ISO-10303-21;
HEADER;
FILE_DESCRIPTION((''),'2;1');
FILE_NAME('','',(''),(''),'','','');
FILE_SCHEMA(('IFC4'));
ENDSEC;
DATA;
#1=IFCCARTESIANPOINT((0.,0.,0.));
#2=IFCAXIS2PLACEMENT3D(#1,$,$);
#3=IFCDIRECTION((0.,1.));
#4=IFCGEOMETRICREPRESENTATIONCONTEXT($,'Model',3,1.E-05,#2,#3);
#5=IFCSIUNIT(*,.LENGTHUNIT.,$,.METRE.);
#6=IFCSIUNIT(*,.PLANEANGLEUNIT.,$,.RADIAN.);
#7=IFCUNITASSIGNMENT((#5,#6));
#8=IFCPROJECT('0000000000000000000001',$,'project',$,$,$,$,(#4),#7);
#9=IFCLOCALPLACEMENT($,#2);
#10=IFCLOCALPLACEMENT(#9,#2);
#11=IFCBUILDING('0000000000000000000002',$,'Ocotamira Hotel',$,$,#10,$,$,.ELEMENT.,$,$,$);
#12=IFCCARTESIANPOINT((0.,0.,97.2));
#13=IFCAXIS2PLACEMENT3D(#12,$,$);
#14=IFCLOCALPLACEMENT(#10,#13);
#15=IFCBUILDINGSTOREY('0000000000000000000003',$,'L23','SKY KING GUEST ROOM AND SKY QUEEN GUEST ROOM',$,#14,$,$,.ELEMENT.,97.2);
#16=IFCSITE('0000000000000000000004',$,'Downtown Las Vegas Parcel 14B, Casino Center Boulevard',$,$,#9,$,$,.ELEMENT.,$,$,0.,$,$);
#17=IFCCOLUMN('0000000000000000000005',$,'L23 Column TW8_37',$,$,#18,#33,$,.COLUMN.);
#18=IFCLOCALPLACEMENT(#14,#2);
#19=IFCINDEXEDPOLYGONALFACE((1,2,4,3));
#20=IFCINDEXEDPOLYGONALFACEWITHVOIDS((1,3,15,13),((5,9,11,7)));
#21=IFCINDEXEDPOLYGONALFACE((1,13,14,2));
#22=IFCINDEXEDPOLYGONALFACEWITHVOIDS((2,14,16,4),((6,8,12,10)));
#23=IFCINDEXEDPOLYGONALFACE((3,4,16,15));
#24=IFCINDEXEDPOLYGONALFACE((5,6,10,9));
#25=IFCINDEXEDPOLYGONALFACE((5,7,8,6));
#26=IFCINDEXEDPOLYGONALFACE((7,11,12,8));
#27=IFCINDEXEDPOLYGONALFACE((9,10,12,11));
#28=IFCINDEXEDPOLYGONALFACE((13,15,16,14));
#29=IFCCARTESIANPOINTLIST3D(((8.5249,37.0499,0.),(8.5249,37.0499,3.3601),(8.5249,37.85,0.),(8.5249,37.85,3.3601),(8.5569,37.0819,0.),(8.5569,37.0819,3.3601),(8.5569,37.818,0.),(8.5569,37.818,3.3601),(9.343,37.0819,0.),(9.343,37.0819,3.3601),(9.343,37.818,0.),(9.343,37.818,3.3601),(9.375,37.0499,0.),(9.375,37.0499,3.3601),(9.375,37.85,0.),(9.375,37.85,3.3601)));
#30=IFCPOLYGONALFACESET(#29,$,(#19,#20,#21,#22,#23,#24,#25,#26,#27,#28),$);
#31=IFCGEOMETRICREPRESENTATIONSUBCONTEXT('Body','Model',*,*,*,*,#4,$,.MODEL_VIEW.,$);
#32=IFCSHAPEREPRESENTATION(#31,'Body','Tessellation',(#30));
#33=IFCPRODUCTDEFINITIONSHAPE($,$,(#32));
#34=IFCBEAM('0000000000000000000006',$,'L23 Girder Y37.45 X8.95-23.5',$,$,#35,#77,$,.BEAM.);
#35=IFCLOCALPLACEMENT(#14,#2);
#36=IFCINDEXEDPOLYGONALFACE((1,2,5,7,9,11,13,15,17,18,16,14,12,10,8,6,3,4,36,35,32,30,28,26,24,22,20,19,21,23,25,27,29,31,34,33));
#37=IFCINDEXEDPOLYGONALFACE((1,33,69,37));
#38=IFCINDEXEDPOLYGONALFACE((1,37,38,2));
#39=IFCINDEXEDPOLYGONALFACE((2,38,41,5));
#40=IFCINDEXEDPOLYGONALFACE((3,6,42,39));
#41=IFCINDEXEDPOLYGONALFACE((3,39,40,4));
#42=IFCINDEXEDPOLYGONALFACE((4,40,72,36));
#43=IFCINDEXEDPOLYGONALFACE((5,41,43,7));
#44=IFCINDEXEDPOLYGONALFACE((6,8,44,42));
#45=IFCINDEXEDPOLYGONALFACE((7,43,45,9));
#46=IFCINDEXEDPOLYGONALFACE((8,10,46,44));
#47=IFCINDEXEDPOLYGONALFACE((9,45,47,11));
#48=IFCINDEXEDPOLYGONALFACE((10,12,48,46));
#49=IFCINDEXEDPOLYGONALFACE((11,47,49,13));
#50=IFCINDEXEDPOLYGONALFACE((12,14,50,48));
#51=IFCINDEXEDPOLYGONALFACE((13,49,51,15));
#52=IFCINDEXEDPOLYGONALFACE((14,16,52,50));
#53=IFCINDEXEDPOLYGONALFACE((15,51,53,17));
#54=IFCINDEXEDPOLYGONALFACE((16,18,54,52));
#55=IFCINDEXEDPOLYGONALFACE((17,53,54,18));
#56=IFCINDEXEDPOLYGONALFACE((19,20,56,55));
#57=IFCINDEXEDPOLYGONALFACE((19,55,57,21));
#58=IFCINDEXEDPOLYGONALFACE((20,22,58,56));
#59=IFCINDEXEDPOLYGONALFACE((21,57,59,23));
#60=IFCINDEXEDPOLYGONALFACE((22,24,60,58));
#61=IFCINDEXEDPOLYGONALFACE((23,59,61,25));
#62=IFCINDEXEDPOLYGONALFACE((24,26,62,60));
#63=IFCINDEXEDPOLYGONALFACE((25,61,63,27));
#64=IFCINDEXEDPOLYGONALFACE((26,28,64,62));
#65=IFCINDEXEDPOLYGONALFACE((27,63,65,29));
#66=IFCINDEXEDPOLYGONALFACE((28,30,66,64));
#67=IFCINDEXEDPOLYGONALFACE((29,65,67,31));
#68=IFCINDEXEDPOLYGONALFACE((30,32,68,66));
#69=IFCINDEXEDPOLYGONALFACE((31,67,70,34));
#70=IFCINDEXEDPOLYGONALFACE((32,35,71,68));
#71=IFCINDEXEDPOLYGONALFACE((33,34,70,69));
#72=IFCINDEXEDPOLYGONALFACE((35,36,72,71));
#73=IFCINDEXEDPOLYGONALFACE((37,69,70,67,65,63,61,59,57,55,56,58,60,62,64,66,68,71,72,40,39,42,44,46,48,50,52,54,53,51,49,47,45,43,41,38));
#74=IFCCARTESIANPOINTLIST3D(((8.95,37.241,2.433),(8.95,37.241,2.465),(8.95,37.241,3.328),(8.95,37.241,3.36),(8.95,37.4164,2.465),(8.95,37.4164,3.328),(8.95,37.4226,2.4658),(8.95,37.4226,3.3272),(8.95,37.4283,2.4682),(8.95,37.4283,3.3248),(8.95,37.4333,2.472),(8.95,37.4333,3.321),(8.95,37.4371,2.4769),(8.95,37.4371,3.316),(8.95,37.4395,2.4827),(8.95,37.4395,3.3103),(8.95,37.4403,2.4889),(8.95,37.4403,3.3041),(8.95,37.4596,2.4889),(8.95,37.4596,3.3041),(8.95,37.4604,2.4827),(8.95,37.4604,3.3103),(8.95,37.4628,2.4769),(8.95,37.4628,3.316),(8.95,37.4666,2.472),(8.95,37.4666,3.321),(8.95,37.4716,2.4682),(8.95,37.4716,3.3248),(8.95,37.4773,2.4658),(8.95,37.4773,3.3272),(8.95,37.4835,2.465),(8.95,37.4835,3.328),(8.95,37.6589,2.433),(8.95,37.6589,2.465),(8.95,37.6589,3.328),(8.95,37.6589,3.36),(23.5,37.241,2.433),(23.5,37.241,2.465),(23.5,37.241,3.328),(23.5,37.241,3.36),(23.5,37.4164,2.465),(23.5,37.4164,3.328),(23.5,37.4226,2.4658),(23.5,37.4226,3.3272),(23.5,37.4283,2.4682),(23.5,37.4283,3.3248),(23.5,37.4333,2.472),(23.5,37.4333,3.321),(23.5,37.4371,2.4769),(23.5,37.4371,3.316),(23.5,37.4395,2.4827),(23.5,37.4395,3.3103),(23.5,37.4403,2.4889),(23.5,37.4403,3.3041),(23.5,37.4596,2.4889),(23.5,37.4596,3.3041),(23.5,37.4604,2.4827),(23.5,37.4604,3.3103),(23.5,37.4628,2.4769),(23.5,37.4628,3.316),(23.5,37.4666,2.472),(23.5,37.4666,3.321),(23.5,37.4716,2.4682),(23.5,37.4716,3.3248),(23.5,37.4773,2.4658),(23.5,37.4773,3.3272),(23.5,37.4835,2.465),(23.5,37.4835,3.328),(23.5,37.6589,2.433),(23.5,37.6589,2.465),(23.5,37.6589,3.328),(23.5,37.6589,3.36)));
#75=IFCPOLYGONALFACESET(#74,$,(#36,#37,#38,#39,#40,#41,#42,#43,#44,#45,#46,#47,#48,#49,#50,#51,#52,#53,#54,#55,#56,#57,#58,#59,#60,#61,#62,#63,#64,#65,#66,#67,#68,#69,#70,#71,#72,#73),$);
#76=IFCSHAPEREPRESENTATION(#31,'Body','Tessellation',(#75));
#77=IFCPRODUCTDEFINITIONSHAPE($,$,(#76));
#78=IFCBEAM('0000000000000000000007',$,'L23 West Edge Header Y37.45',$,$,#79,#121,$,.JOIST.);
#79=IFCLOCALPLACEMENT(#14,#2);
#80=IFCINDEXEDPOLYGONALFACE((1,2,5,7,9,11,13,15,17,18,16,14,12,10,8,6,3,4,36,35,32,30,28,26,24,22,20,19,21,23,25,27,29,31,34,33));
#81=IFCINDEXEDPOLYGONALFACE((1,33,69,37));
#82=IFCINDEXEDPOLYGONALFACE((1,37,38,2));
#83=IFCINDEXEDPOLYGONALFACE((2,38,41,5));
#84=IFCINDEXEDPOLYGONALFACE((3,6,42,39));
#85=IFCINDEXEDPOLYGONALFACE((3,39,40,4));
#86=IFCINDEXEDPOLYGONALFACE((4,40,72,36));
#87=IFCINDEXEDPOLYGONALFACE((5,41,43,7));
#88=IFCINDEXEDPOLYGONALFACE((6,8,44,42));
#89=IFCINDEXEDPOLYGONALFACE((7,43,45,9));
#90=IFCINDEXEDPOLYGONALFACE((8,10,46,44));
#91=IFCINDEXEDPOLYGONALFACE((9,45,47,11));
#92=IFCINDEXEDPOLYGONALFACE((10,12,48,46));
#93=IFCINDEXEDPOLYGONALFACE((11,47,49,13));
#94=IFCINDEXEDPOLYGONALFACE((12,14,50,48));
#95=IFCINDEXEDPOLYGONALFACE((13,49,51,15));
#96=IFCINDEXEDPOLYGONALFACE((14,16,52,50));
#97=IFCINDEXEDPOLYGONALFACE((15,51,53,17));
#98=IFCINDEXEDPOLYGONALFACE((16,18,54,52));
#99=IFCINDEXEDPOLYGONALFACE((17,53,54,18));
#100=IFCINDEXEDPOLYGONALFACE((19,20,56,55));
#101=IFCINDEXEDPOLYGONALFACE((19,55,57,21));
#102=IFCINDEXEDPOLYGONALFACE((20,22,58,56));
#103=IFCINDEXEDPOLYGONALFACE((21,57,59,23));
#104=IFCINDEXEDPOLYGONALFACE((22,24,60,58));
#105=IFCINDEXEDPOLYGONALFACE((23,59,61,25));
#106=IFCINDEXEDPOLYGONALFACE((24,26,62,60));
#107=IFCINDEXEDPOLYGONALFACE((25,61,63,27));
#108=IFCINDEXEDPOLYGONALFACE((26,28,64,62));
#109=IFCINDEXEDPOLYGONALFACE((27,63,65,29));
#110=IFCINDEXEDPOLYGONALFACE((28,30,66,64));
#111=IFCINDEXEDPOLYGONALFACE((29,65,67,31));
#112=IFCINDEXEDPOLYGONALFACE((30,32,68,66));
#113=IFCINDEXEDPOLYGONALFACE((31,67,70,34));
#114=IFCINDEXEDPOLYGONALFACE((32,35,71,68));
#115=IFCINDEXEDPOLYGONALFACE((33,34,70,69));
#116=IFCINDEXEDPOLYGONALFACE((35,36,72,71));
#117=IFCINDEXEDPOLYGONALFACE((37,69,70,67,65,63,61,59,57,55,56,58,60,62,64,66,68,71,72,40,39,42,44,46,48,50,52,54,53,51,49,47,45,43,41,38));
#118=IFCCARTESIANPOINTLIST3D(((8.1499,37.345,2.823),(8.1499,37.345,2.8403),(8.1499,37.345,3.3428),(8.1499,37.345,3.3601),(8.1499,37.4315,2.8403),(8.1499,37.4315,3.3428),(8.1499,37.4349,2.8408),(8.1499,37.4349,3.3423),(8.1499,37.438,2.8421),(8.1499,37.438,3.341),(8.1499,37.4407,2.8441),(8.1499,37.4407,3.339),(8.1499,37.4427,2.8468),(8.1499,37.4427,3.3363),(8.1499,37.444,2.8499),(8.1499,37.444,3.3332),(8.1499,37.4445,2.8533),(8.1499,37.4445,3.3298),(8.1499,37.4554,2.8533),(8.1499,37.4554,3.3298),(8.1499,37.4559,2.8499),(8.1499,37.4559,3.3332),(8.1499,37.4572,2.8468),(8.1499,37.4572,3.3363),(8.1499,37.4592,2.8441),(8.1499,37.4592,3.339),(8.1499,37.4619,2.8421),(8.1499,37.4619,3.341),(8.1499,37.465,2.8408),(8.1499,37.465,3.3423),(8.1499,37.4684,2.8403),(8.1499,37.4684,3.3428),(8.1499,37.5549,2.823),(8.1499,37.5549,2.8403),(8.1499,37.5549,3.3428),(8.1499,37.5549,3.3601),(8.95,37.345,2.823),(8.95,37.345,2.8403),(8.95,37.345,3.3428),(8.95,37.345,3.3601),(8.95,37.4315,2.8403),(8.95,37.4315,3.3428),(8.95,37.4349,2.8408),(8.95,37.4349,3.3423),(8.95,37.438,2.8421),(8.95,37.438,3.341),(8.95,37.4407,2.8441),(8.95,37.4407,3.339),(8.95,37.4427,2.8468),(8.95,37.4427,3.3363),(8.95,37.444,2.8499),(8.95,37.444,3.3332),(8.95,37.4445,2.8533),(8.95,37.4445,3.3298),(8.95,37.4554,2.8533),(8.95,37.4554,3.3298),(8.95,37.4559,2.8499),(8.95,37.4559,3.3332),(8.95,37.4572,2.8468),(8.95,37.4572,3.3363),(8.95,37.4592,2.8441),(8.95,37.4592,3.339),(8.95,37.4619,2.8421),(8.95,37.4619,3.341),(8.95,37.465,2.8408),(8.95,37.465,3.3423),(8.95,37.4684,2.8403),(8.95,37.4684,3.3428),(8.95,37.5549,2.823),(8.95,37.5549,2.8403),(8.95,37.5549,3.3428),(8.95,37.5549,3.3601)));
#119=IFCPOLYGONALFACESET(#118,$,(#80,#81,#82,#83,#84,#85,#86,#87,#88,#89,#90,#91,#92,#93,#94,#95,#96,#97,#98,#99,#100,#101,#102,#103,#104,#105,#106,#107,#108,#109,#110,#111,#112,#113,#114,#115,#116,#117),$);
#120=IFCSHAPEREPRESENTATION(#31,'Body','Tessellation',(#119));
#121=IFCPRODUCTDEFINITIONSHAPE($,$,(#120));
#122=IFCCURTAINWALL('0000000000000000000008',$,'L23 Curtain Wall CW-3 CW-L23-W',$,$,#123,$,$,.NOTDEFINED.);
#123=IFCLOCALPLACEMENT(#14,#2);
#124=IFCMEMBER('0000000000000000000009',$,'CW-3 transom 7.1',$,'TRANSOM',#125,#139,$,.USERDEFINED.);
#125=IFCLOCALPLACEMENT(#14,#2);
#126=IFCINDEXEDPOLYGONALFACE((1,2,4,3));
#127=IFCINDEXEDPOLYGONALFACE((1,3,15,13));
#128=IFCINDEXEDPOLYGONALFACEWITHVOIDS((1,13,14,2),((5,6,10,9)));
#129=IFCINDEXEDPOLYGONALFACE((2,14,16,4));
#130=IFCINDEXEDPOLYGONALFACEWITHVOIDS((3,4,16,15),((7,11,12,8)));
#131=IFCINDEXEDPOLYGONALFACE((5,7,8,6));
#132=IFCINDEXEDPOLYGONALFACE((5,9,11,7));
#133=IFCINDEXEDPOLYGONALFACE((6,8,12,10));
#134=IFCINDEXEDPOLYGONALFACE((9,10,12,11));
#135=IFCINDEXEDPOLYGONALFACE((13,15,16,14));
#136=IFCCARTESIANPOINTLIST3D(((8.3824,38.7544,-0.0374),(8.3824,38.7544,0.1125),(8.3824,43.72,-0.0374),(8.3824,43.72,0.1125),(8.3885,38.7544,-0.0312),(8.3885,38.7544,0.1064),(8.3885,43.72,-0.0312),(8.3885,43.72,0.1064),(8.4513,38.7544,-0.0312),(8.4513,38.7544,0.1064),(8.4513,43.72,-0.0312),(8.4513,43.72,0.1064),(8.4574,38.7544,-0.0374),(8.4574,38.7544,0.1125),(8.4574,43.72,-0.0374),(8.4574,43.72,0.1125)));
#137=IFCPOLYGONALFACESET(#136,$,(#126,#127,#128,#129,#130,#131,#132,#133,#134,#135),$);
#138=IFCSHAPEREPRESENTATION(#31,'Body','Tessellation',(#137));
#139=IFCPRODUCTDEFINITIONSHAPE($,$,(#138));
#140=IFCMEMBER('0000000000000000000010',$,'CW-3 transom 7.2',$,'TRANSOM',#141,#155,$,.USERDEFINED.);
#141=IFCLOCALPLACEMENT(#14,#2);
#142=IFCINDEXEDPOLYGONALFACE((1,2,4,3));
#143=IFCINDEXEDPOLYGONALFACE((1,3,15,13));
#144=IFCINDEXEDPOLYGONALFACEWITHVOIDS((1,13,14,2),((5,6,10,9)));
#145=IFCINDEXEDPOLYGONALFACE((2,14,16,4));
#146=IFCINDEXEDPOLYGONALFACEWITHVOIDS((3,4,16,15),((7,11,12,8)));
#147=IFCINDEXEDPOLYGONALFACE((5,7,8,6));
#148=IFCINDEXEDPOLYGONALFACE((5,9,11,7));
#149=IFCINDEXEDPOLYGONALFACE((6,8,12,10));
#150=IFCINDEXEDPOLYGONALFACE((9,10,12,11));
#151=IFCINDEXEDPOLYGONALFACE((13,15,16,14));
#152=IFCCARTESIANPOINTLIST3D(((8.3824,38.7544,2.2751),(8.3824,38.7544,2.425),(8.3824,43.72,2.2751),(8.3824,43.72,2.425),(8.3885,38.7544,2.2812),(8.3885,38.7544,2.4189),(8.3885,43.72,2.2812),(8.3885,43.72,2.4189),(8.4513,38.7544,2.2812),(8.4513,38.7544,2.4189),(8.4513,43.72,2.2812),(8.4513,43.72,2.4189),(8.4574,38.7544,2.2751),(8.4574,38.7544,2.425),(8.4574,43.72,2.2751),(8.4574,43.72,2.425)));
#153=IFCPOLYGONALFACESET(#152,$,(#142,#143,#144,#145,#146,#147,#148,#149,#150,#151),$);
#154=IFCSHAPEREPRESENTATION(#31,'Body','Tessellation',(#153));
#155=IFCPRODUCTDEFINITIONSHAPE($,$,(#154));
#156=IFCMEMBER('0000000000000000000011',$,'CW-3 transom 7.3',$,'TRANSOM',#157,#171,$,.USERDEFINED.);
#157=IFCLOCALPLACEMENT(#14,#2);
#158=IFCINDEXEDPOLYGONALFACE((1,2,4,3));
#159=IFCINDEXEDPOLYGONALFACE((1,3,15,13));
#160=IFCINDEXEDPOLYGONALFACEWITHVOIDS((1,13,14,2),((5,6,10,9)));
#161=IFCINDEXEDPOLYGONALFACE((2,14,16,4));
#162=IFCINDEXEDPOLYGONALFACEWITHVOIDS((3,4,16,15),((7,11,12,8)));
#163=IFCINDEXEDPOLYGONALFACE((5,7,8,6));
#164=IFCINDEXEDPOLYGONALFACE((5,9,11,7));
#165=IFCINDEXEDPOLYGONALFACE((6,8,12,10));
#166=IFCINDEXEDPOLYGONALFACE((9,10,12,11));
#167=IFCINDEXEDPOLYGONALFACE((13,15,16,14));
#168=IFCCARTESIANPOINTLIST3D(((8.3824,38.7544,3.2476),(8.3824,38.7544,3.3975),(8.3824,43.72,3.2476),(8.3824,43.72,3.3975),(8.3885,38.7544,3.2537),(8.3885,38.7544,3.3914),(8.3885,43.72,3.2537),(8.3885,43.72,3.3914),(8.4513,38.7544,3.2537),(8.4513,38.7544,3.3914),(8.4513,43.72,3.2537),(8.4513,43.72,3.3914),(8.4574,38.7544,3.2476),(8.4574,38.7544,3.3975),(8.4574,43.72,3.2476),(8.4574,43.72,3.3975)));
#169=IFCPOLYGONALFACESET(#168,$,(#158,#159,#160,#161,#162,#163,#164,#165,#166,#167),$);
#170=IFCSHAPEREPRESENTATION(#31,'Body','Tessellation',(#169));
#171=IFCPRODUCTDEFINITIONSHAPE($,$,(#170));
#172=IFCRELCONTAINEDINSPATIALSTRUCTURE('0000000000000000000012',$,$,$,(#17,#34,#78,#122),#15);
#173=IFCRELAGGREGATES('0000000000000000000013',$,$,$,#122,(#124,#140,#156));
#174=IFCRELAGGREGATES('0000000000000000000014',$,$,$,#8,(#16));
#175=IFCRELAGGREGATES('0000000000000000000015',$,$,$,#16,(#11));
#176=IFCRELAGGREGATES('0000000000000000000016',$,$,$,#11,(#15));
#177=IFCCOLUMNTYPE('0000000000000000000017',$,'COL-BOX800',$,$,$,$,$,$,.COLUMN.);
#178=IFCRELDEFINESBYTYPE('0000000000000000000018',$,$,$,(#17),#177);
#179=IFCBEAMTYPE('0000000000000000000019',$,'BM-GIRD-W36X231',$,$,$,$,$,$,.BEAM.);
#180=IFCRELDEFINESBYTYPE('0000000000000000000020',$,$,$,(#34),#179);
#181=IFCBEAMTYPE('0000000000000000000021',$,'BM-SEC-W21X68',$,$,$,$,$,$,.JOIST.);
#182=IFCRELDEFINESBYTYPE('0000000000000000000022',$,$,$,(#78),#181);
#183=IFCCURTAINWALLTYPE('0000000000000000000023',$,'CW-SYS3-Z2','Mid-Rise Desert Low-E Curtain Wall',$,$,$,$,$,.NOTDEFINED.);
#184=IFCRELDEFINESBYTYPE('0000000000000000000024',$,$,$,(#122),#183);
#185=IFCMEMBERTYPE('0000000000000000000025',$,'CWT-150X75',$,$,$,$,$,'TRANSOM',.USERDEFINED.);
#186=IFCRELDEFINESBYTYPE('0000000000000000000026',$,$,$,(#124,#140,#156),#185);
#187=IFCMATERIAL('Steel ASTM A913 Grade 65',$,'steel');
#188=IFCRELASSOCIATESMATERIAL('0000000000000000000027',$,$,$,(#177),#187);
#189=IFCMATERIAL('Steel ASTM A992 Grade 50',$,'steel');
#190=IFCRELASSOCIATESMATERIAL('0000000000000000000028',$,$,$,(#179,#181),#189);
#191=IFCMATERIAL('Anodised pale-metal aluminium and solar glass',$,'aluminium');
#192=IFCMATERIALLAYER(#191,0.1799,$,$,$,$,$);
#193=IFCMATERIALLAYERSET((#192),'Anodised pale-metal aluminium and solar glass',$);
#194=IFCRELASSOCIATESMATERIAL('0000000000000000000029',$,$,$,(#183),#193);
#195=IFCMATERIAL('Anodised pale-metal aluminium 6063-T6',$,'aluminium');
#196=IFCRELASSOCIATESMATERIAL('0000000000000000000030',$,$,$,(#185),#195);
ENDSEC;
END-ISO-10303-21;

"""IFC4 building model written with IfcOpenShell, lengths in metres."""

from ifc_helpers import new_model, si_unit, direction, frame, origin, origin_2d, place, context, subcontext, project, spatial, hollow_rectangle, i_section, extrude, source, transform, mapped, material, layer, layer_set, material_profile, profile_set, type_object, element, aggregate, save


model = new_model("IFC4")

# Units and contexts
model_context = context("Model", 3, precision=1e-05, world=origin(), true_north=direction((0.0, 1.0)))
body_context = subcontext(model_context, "Body", "Model", "MODEL_VIEW")
ifc_project = project(units=[si_unit("LENGTHUNIT", "METRE"), si_unit("PLANEANGLEUNIT", "RADIAN")], contexts=[model_context])

# Site, building, storey
site_placement = place(None, origin())
site = spatial("IfcSite", under=ifc_project, at=site_placement, Name="Downtown Las Vegas Parcel 14B, Casino Center Boulevard", CompositionType="ELEMENT", RefElevation=0.0)
building_placement = place(site_placement, origin())
building = spatial("IfcBuilding", under=site, at=building_placement, Name="Ocotamira Hotel", CompositionType="ELEMENT")
storey_placement = place(building_placement, frame((0.0, 0.0, 97.2)))
storey = spatial("IfcBuildingStorey", under=building, at=storey_placement, Name="L23", Description="SKY KING GUEST ROOM AND SKY QUEEN GUEST ROOM", CompositionType="ELEMENT", Elevation=97.2)

# Column
ifc_material_1 = material(Name="Steel ASTM A913 Grade 65", Category="steel")
ifc_material_profile_1 = material_profile(ifc_material_1, hollow_rectangle(XDim=0.8501, YDim=0.8, WallThickness=0.032, at=origin_2d()), Name="BOX800X850X32")
ifc_profile_set_1 = profile_set([ifc_material_profile_1], Name="Steel ASTM A913 Grade 65")
column_type = type_object("IfcColumnType", Name="COL-BOX800", PredefinedType="COLUMN", material=ifc_profile_set_1)
shared_shape_1 = source(origin(), body_context, "Body", "SweptSolid", [
    extrude(hollow_rectangle(XDim=0.8501, YDim=0.8, WallThickness=0.032, at=origin_2d()), origin(), (0.0, 0.0, 1.0), 3.3601),
])
column_placement = place(storey_placement, frame((8.95, 37.45, 0.0), z_axis=(0.0, 0.0, 1.0), x_axis=(1.0, 0.0, 0.0)))
element("IfcColumn", 1, at=column_placement, inside=storey, type_object=column_type, Name="L23 Column TW8_37", PredefinedType="COLUMN", context=body_context, shape_type="MappedRepresentation", body=[
    mapped(shared_shape_1, transform((0.0, 0.0, 0.0), scale=1.0)),
])

# Beams
ifc_material_2 = material(Name="Steel ASTM A992 Grade 50", Category="steel")
ifc_material_profile_2 = material_profile(ifc_material_2, i_section(OverallWidth=0.418, OverallDepth=0.927, WebThickness=0.0193, FlangeThickness=0.032, FilletRadius=0.0239, at=origin_2d()), Name="W36X231")
ifc_profile_set_2 = profile_set([ifc_material_profile_2], Name="Steel ASTM A992 Grade 50")
beam_type_1 = type_object("IfcBeamType", Name="BM-GIRD-W36X231", PredefinedType="BEAM", material=ifc_profile_set_2)
shared_shape_2 = source(origin(), body_context, "Body", "SweptSolid", [
    extrude(i_section(OverallWidth=0.418, OverallDepth=0.927, WebThickness=0.0193, FlangeThickness=0.032, FilletRadius=0.0239, at=origin_2d()), origin(), (0.0, 0.0, 1.0), 14.55),
])
beam_1_placement = place(storey_placement, frame((8.95, 37.45, 2.8965), z_axis=(1.0, 0.0, 0.0), x_axis=(0.0, 1.0, 0.0)))
element("IfcBeam", 2, at=beam_1_placement, inside=storey, type_object=beam_type_1, Name="L23 Girder Y37.45 X8.95-23.5", PredefinedType="BEAM", context=body_context, shape_type="MappedRepresentation", body=[
    mapped(shared_shape_2, transform((0.0, 0.0, 0.0), scale=1.0)),
])
ifc_material_profile_3 = material_profile(ifc_material_2, i_section(OverallWidth=0.21, OverallDepth=0.5371, WebThickness=0.011, FlangeThickness=0.0173, FilletRadius=0.0129, at=origin_2d()), Name="W21X68")
ifc_profile_set_3 = profile_set([ifc_material_profile_3], Name="Steel ASTM A992 Grade 50")
beam_type_2 = type_object("IfcBeamType", Name="BM-SEC-W21X68", PredefinedType="JOIST", material=ifc_profile_set_3)
shared_shape_3 = source(origin(), body_context, "Body", "SweptSolid", [
    extrude(i_section(OverallWidth=0.21, OverallDepth=0.5371, WebThickness=0.011, FlangeThickness=0.0173, FilletRadius=0.0129, at=origin_2d()), origin(), (0.0, 0.0, 1.0), 0.8),
])
beam_2_placement = place(storey_placement, frame((8.95, 37.45, 3.0916), z_axis=(-1.0, 0.0, 0.0), x_axis=(0.0, -1.0, 0.0)))
element("IfcBeam", 3, at=beam_2_placement, inside=storey, type_object=beam_type_2, Name="L23 West Edge Header Y37.45", PredefinedType="JOIST", context=body_context, shape_type="MappedRepresentation", body=[
    mapped(shared_shape_3, transform((0.0, 0.0, 0.0), scale=1.0)),
])

# Curtain wall, members
ifc_material_3 = material(Name="Anodised pale-metal aluminium and solar glass", Category="aluminium")
ifc_layer_1 = layer(ifc_material_3, 0.1799)
ifc_layer_set_1 = layer_set([ifc_layer_1], Name="Anodised pale-metal aluminium and solar glass")
curtain_wall_type = type_object("IfcCurtainWallType", Name="CW-SYS3-Z2", Description="Mid-Rise Desert Low-E Curtain Wall", PredefinedType="NOTDEFINED", material=ifc_layer_set_1)
curtain_wall_placement = place(storey_placement, origin())
curtain_wall = element("IfcCurtainWall", 4, at=curtain_wall_placement, inside=storey, type_object=curtain_wall_type, Name="L23 Curtain Wall CW-3 CW-L23-W", PredefinedType="NOTDEFINED")
ifc_material_4 = material(Name="Anodised pale-metal aluminium 6063-T6", Category="aluminium")
ifc_material_profile_4 = material_profile(ifc_material_4, hollow_rectangle(XDim=0.075, YDim=0.1499, WallThickness=0.0061, at=origin_2d()), Name="HSS150X75X6")
ifc_profile_set_4 = profile_set([ifc_material_profile_4], Name="Anodised pale-metal aluminium 6063-T6")
member_type_1 = type_object("IfcMemberType", Name="CWT-150X75", ElementType="TRANSOM", PredefinedType="USERDEFINED", material=ifc_profile_set_4)
shared_shape_4 = source(origin(), body_context, "Body", "SweptSolid", [
    extrude(hollow_rectangle(XDim=0.075, YDim=0.1499, WallThickness=0.0061, at=origin_2d()), origin(), (0.0, 0.0, 1.0), 4.9656),
])
member_1_placement = place(storey_placement, frame((8.4199, 38.7544, 0.0376), z_axis=(0.0, 1.0, 0.0), x_axis=(-1.0, 0.0, 0.0)))
member_1 = element("IfcMember", 5, at=member_1_placement, type_object=member_type_1, Name="CW-3 transom 7.1", ObjectType="TRANSOM", PredefinedType="USERDEFINED", context=body_context, shape_type="MappedRepresentation", body=[
    mapped(shared_shape_4, transform((0.0, 0.0, 0.0), scale=1.0)),
])
member_2_placement = place(storey_placement, frame((8.4199, 38.7544, 2.3501), z_axis=(0.0, 1.0, 0.0), x_axis=(-1.0, 0.0, 0.0)))
member_2 = element("IfcMember", 6, at=member_2_placement, type_object=member_type_1, Name="CW-3 transom 7.2", ObjectType="TRANSOM", PredefinedType="USERDEFINED", context=body_context, shape_type="MappedRepresentation", body=[
    mapped(shared_shape_4, transform((0.0, 0.0, 0.0), scale=1.0)),
])
member_3_placement = place(storey_placement, frame((8.4199, 38.7544, 3.3225), z_axis=(0.0, 1.0, 0.0), x_axis=(-1.0, 0.0, 0.0)))
member_3 = element("IfcMember", 7, at=member_3_placement, type_object=member_type_1, Name="CW-3 transom 7.3", ObjectType="TRANSOM", PredefinedType="USERDEFINED", context=body_context, shape_type="MappedRepresentation", body=[
    mapped(shared_shape_4, transform((0.0, 0.0, 0.0), scale=1.0)),
])
aggregate(curtain_wall, [member_1, member_2, member_3])

save(model, "model.ifc")
